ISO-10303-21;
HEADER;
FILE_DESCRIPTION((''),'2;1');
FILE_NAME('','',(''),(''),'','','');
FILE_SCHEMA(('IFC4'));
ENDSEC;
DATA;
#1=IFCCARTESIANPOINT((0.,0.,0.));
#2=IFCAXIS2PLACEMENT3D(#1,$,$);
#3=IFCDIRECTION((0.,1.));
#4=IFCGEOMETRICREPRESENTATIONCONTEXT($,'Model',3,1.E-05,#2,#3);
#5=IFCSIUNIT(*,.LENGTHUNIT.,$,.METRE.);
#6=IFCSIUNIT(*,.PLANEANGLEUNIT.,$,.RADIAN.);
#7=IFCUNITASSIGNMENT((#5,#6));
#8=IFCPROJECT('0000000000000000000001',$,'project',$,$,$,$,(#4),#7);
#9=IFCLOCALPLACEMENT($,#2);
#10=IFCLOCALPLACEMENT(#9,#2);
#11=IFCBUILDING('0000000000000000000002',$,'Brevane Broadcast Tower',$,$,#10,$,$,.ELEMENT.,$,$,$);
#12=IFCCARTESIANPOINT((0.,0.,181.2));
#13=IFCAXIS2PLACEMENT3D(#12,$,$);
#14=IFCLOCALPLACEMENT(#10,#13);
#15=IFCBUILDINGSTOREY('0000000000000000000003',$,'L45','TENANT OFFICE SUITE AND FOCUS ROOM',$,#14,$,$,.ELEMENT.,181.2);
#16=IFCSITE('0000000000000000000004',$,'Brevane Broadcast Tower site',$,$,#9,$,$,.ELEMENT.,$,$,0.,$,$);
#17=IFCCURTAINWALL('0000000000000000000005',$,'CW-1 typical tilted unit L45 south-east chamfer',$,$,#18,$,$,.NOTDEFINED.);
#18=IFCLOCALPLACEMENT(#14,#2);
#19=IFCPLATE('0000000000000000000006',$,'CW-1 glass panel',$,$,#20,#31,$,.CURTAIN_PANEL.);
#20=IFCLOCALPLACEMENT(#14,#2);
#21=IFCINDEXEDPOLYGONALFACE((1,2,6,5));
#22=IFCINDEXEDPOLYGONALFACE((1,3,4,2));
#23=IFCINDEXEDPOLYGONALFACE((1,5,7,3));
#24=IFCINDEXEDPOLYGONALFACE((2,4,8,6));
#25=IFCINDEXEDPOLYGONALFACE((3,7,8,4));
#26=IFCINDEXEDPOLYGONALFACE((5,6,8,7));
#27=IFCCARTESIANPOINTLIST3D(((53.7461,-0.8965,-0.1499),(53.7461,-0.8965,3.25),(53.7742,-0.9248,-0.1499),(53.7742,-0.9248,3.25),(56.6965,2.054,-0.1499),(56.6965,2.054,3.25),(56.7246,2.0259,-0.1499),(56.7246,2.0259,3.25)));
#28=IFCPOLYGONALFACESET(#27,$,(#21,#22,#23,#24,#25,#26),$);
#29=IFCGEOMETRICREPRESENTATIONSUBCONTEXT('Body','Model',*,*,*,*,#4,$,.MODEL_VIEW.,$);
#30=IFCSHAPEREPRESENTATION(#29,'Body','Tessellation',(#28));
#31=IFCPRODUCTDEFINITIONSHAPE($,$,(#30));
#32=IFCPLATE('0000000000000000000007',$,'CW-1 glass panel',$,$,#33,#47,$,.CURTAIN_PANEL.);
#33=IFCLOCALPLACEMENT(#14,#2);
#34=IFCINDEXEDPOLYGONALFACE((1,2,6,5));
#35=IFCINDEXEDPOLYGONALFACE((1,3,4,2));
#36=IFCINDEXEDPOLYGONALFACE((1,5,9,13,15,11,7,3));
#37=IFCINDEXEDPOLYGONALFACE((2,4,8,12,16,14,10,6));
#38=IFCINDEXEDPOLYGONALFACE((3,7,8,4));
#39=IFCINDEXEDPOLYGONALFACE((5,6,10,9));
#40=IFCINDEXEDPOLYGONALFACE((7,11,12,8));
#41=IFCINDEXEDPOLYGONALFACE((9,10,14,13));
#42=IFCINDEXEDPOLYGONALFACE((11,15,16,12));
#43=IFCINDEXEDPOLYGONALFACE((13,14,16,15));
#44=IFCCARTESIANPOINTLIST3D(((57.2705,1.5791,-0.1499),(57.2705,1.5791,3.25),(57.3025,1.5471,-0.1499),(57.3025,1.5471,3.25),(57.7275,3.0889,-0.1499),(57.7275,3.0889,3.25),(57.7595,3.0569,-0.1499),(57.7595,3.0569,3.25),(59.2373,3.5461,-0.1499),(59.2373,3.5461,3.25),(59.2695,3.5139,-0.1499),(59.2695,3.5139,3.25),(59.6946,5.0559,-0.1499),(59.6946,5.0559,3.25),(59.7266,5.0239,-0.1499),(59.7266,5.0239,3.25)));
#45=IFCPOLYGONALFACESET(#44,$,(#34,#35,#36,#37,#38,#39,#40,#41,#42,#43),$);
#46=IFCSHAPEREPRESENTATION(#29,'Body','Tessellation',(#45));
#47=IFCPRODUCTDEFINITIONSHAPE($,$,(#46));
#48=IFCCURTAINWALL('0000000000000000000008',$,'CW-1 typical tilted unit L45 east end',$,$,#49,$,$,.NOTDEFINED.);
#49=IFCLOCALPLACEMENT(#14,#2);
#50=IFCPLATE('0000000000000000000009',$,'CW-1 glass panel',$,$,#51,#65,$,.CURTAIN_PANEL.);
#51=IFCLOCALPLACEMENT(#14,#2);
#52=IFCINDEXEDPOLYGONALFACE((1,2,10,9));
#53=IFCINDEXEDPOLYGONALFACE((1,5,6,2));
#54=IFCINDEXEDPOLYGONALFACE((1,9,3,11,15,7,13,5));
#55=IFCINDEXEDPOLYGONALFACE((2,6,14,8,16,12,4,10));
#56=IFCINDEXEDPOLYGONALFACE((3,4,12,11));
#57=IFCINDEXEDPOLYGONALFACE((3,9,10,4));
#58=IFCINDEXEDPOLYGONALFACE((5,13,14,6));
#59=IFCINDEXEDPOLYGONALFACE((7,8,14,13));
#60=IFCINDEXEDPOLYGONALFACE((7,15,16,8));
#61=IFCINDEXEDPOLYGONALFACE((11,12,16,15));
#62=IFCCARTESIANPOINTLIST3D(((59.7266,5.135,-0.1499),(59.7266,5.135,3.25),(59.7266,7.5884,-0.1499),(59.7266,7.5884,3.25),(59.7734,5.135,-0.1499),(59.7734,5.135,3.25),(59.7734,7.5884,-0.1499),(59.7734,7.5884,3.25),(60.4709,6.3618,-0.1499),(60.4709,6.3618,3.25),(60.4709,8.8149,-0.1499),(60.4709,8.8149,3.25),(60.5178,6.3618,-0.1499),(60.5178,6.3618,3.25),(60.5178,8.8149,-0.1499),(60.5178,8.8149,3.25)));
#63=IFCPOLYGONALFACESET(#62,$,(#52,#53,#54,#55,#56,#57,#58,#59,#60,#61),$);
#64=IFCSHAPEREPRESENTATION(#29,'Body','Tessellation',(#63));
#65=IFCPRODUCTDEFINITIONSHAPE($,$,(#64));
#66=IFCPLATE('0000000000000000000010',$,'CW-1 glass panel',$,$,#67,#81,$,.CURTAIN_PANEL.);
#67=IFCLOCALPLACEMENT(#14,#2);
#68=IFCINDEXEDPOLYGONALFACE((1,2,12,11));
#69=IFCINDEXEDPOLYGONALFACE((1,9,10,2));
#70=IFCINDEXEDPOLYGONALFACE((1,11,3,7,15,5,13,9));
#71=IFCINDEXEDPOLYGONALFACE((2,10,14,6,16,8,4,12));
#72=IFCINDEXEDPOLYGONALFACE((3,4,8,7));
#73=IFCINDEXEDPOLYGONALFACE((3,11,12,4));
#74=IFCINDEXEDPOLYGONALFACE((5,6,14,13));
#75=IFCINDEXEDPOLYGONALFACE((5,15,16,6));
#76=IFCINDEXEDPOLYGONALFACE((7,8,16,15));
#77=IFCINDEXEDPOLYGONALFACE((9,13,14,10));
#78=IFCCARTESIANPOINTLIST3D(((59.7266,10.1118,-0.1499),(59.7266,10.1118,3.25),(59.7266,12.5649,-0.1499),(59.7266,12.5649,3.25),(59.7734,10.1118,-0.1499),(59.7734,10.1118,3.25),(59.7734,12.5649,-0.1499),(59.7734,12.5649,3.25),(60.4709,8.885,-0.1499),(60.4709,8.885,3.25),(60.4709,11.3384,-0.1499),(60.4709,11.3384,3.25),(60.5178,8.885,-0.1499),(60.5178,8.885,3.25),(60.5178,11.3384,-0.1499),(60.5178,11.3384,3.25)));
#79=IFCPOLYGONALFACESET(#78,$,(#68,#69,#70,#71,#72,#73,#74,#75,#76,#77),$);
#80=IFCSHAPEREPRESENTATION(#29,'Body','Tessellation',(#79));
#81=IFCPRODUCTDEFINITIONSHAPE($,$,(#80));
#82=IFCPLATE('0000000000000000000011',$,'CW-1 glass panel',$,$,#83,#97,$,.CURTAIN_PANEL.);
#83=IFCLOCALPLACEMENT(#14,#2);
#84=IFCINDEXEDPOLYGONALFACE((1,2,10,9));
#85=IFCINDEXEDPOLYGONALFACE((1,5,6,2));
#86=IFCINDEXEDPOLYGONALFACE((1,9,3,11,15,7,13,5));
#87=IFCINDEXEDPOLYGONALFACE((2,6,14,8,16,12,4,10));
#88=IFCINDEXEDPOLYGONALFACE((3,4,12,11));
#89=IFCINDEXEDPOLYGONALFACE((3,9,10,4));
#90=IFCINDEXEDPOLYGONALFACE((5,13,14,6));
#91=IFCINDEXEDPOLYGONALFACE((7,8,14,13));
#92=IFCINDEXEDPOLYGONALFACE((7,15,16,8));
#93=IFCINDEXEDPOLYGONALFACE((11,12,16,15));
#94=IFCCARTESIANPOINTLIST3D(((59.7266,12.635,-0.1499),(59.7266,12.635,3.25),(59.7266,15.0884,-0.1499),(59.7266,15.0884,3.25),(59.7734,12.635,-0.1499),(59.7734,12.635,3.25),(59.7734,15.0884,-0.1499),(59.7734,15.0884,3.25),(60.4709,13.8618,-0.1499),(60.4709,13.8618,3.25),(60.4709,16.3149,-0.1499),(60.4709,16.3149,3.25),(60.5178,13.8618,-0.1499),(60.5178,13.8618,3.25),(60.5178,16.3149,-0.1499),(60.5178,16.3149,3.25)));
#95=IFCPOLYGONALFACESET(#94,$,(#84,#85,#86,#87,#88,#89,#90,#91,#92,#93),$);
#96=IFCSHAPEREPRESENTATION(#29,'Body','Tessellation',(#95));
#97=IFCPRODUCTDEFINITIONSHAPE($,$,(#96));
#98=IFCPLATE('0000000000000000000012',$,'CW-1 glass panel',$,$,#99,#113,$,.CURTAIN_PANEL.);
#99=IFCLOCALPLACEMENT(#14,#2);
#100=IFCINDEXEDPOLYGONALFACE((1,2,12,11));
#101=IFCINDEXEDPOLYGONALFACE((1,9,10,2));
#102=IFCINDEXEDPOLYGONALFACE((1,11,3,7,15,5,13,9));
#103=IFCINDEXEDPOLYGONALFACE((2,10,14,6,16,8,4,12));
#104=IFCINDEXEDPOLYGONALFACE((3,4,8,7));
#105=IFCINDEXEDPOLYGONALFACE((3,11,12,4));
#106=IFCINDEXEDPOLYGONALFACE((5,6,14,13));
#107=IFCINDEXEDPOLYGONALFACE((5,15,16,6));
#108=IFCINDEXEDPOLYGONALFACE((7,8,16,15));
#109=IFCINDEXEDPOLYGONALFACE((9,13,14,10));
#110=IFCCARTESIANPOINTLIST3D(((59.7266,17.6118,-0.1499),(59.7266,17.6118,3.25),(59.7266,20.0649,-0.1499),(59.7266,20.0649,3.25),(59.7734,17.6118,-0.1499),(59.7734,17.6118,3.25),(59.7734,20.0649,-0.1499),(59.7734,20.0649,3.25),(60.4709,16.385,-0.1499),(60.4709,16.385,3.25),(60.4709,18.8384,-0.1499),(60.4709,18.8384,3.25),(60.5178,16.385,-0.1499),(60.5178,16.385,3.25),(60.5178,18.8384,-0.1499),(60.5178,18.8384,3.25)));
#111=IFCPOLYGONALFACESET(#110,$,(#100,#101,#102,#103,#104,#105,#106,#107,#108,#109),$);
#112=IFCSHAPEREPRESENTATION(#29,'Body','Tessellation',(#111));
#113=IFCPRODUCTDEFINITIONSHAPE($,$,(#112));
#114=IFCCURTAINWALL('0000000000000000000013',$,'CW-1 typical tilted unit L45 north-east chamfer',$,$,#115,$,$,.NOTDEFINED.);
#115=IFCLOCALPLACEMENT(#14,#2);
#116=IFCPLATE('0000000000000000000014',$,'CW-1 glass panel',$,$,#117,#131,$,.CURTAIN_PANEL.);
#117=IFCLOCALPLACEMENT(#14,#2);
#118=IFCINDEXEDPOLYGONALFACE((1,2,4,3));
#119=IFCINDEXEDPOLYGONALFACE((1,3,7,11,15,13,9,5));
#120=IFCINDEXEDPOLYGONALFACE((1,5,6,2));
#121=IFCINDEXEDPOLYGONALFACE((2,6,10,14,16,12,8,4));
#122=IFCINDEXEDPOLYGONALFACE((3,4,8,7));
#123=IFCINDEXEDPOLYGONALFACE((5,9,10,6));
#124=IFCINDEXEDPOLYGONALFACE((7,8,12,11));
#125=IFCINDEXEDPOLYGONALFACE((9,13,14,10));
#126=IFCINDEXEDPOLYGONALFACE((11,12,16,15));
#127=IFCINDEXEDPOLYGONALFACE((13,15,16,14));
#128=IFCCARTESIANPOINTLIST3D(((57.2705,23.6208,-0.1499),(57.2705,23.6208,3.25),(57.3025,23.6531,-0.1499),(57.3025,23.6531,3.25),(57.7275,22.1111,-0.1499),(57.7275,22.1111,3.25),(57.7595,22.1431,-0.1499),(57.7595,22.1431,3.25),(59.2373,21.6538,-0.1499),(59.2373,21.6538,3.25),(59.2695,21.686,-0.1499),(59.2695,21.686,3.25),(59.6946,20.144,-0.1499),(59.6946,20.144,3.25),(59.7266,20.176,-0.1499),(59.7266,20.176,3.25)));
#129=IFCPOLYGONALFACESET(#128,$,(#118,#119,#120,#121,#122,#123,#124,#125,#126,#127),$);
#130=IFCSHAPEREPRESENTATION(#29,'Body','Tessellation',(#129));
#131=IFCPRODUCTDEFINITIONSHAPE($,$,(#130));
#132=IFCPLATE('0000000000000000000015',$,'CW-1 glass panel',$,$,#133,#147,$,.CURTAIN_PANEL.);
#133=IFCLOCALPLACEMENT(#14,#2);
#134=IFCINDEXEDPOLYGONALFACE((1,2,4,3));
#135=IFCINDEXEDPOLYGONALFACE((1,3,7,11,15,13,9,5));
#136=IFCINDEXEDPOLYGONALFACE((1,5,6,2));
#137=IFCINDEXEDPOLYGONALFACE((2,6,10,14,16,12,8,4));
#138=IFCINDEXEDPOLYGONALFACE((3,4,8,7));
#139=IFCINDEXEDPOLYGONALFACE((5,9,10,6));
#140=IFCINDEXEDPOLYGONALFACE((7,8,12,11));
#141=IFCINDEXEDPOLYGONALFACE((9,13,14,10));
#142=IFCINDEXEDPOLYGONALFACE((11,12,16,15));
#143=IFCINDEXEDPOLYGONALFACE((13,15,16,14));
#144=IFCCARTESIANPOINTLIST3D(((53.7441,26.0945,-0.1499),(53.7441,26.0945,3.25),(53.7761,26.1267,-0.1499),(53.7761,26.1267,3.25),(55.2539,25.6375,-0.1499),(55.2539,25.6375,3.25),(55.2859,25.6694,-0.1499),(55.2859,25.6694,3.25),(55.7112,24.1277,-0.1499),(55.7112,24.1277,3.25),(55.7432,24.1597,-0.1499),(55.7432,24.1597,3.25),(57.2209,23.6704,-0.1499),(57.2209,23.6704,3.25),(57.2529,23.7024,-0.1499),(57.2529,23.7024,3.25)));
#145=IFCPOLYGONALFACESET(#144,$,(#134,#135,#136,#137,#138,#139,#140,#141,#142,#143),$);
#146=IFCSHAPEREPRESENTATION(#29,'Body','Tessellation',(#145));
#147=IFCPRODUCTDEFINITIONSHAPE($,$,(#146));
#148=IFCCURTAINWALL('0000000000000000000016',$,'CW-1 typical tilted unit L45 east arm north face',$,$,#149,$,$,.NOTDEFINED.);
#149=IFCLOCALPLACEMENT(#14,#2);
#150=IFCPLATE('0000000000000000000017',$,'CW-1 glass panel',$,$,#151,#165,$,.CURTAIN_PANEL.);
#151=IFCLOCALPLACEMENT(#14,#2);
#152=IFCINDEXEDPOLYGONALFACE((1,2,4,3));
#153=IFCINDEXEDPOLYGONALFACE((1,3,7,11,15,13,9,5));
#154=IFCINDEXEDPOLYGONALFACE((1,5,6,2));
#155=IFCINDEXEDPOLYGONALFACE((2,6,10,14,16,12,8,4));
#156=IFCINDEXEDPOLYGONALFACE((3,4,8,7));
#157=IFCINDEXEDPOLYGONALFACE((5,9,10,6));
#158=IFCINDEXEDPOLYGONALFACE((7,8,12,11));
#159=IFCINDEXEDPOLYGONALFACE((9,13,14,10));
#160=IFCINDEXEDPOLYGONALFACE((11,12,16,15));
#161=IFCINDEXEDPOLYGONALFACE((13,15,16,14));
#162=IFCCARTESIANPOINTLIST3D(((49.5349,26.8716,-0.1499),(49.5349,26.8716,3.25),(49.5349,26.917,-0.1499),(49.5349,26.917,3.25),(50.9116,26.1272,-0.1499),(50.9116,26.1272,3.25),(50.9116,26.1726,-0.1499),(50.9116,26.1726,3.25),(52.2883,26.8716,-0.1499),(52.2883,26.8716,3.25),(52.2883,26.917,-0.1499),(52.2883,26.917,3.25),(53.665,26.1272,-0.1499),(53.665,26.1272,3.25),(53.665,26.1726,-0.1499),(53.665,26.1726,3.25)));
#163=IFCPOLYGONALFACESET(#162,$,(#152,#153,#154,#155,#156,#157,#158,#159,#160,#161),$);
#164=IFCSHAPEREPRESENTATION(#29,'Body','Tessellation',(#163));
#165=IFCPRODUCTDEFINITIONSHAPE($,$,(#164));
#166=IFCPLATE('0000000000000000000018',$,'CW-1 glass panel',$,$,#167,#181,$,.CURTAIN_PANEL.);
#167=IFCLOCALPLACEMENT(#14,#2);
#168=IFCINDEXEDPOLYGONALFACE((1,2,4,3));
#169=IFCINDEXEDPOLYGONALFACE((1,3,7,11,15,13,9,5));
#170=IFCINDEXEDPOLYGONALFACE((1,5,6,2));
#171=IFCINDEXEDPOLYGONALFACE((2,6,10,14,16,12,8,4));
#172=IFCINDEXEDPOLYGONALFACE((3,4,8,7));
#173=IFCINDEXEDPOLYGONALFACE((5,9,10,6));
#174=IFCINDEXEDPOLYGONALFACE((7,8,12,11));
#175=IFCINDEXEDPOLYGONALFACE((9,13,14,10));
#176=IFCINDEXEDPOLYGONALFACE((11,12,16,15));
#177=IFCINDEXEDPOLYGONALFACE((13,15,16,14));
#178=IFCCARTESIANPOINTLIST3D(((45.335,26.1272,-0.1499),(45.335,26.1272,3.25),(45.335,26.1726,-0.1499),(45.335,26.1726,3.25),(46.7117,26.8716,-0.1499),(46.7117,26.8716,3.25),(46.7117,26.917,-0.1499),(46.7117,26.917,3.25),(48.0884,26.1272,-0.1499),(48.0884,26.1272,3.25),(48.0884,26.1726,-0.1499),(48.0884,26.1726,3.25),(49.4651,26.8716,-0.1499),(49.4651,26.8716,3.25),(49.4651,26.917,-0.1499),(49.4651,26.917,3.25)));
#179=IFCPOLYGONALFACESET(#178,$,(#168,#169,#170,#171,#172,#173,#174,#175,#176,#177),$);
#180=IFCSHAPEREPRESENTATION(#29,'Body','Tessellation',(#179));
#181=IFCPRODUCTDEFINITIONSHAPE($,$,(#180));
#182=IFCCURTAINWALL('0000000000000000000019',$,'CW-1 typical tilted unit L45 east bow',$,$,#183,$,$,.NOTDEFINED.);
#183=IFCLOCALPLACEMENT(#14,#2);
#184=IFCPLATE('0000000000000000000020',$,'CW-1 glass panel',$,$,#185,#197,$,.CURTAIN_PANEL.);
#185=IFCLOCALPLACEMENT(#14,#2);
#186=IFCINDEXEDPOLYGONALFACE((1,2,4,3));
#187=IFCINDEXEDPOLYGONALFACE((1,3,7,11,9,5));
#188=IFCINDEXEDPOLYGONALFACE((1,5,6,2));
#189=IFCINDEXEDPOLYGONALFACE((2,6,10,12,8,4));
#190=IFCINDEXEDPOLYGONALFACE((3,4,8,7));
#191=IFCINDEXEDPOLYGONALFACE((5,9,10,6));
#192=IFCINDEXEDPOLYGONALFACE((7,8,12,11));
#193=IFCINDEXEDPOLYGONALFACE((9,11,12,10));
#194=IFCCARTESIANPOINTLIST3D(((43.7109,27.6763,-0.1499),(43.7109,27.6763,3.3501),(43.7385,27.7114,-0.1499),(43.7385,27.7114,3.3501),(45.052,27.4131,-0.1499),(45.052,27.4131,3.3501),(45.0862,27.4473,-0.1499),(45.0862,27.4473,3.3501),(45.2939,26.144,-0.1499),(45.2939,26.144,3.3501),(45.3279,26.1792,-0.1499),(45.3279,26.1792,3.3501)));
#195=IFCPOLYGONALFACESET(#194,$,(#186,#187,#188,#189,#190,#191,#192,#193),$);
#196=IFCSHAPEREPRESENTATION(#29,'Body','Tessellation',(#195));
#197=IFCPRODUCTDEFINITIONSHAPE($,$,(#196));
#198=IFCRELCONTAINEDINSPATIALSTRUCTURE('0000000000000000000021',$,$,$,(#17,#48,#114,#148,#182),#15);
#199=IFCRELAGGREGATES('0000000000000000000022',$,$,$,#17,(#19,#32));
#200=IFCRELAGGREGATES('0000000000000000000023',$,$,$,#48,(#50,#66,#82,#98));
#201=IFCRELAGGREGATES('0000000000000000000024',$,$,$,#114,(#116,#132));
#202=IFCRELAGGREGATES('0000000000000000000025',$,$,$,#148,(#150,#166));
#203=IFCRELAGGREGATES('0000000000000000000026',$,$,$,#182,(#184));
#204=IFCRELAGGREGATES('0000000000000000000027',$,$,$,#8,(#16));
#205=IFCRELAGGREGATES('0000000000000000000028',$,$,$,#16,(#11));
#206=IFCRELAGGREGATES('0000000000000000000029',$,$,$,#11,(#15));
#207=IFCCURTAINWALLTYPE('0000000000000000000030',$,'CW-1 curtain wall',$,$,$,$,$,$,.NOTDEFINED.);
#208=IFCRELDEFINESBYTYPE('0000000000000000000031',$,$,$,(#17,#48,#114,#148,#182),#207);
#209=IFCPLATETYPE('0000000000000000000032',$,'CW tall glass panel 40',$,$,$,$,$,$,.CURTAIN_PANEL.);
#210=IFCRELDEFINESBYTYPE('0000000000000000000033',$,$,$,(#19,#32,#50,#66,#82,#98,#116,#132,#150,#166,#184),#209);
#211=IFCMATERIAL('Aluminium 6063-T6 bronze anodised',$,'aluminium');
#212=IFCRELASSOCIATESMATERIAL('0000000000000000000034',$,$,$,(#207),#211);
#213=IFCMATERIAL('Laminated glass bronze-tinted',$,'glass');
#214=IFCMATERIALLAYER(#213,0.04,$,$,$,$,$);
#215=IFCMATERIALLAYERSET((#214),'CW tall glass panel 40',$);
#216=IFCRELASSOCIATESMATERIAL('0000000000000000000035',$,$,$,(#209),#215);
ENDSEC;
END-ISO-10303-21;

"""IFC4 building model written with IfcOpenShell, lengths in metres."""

from ifc_helpers import new_model, si_unit, direction, frame, origin, place, context, subcontext, project, spatial, polyline, outline, extrude, material, layer, layer_set, type_object, element, aggregate, save


model = new_model("IFC4")

# Units and contexts
model_context = context("Model", 3, precision=1e-05, world=origin(), true_north=direction((0.0, 1.0)))
body_context = subcontext(model_context, "Body", "Model", "MODEL_VIEW")
ifc_project = project(units=[si_unit("LENGTHUNIT", "METRE"), si_unit("PLANEANGLEUNIT", "RADIAN")], contexts=[model_context])

# Site, building, storey
site_placement = place(None, origin())
site = spatial("IfcSite", under=ifc_project, at=site_placement, Name="Brevane Broadcast Tower site", CompositionType="ELEMENT", RefElevation=0.0)
building_placement = place(site_placement, origin())
building = spatial("IfcBuilding", under=site, at=building_placement, Name="Brevane Broadcast Tower", CompositionType="ELEMENT")
storey_placement = place(building_placement, frame((0.0, 0.0, 181.2)))
storey = spatial("IfcBuildingStorey", under=building, at=storey_placement, Name="L45", Description="TENANT OFFICE SUITE AND FOCUS ROOM", CompositionType="ELEMENT", Elevation=181.2)

# Curtain walls, plates
ifc_material_1 = material(Name="Aluminium 6063-T6 bronze anodised", Category="aluminium")
curtain_wall_type = type_object("IfcCurtainWallType", Name="CW-1 curtain wall", PredefinedType="NOTDEFINED", material=ifc_material_1)
ifc_material_2 = material(Name="Laminated glass bronze-tinted", Category="glass")
ifc_layer = layer(ifc_material_2, 0.04)
ifc_layer_set = layer_set([ifc_layer], Name="CW tall glass panel 40")
plate_type = type_object("IfcPlateType", Name="CW tall glass panel 40", PredefinedType="CURTAIN_PANEL", material=ifc_layer_set)
curtain_wall_1_placement = place(storey_placement, origin())
curtain_wall_1 = element("IfcCurtainWall", 1, at=curtain_wall_1_placement, inside=storey, type_object=curtain_wall_type, Name="CW-1 typical tilted unit L45 south-east chamfer", PredefinedType="NOTDEFINED")
plate_1_placement = place(storey_placement, frame((0.0, 0.0, -0.1499)))
plate_1 = element("IfcPlate", 2, at=plate_1_placement, type_object=plate_type, Name="CW-1 glass panel", PredefinedType="CURTAIN_PANEL", context=body_context, shape_type="SweptSolid", body=[
    extrude(outline(polyline([(53.7461, -0.8965), (56.6965, 2.054), (56.7246, 2.0259), (53.7742, -0.9248), (53.7461, -0.8965)])), origin(), (0.0, 0.0, 1.0), 3.3999),
])
plate_2_placement = place(storey_placement, frame((0.0, 0.0, -0.1499)))
plate_2 = element("IfcPlate", 3, at=plate_2_placement, type_object=plate_type, Name="CW-1 glass panel", PredefinedType="CURTAIN_PANEL", context=body_context, shape_type="SweptSolid", body=[
    extrude(outline(polyline([(57.2705, 1.5791), (57.3025, 1.5471), (57.7595, 3.0569), (59.2695, 3.5139), (59.7266, 5.0239), (59.6946, 5.0559), (59.2373, 3.5461), (57.7275, 3.0889), (57.2705, 1.5791)])), origin(), (0.0, 0.0, 1.0), 3.3999),
])
aggregate(curtain_wall_1, [plate_1, plate_2])
curtain_wall_2_placement = place(storey_placement, origin())
curtain_wall_2 = element("IfcCurtainWall", 4, at=curtain_wall_2_placement, inside=storey, type_object=curtain_wall_type, Name="CW-1 typical tilted unit L45 east end", PredefinedType="NOTDEFINED")
plate_3_placement = place(storey_placement, frame((0.0, 0.0, -0.1499)))
plate_3 = element("IfcPlate", 5, at=plate_3_placement, type_object=plate_type, Name="CW-1 glass panel", PredefinedType="CURTAIN_PANEL", context=body_context, shape_type="SweptSolid", body=[
    extrude(outline(polyline([(59.7266, 5.135), (59.7734, 5.135), (60.5178, 6.3618), (59.7734, 7.5884), (60.5178, 8.8149), (60.4709, 8.8149), (59.7266, 7.5884), (60.4709, 6.3618), (59.7266, 5.135)])), origin(), (0.0, 0.0, 1.0), 3.3999),
])
plate_4_placement = place(storey_placement, frame((0.0, 0.0, -0.1499)))
plate_4 = element("IfcPlate", 6, at=plate_4_placement, type_object=plate_type, Name="CW-1 glass panel", PredefinedType="CURTAIN_PANEL", context=body_context, shape_type="SweptSolid", body=[
    extrude(outline(polyline([(60.4709, 8.885), (60.5178, 8.885), (59.7734, 10.1118), (60.5178, 11.3384), (59.7734, 12.5649), (59.7266, 12.5649), (60.4709, 11.3384), (59.7266, 10.1118), (60.4709, 8.885)])), origin(), (0.0, 0.0, 1.0), 3.3999),
])
plate_5_placement = place(storey_placement, frame((0.0, 0.0, -0.1499)))
plate_5 = element("IfcPlate", 7, at=plate_5_placement, type_object=plate_type, Name="CW-1 glass panel", PredefinedType="CURTAIN_PANEL", context=body_context, shape_type="SweptSolid", body=[
    extrude(outline(polyline([(59.7266, 12.635), (59.7734, 12.635), (60.5178, 13.8618), (59.7734, 15.0884), (60.5178, 16.3149), (60.4709, 16.3149), (59.7266, 15.0884), (60.4709, 13.8618), (59.7266, 12.635)])), origin(), (0.0, 0.0, 1.0), 3.3999),
])
plate_6_placement = place(storey_placement, frame((0.0, 0.0, -0.1499)))
plate_6 = element("IfcPlate", 8, at=plate_6_placement, type_object=plate_type, Name="CW-1 glass panel", PredefinedType="CURTAIN_PANEL", context=body_context, shape_type="SweptSolid", body=[
    extrude(outline(polyline([(60.4709, 16.385), (60.5178, 16.385), (59.7734, 17.6118), (60.5178, 18.8384), (59.7734, 20.0649), (59.7266, 20.0649), (60.4709, 18.8384), (59.7266, 17.6118), (60.4709, 16.385)])), origin(), (0.0, 0.0, 1.0), 3.3999),
])
aggregate(curtain_wall_2, [plate_3, plate_4, plate_5, plate_6])
curtain_wall_3_placement = place(storey_placement, origin())
curtain_wall_3 = element("IfcCurtainWall", 9, at=curtain_wall_3_placement, inside=storey, type_object=curtain_wall_type, Name="CW-1 typical tilted unit L45 north-east chamfer", PredefinedType="NOTDEFINED")
plate_7_placement = place(storey_placement, frame((0.0, 0.0, -0.1499)))
plate_7 = element("IfcPlate", 10, at=plate_7_placement, type_object=plate_type, Name="CW-1 glass panel", PredefinedType="CURTAIN_PANEL", context=body_context, shape_type="SweptSolid", body=[
    extrude(outline(polyline([(59.6946, 20.144), (59.7266, 20.176), (59.2695, 21.686), (57.7595, 22.1431), (57.3025, 23.6531), (57.2705, 23.6208), (57.7275, 22.1111), (59.2373, 21.6538), (59.6946, 20.144)])), origin(), (0.0, 0.0, 1.0), 3.3999),
])
plate_8_placement = place(storey_placement, frame((0.0, 0.0, -0.1499)))
plate_8 = element("IfcPlate", 11, at=plate_8_placement, type_object=plate_type, Name="CW-1 glass panel", PredefinedType="CURTAIN_PANEL", context=body_context, shape_type="SweptSolid", body=[
    extrude(outline(polyline([(57.2209, 23.6704), (57.2529, 23.7024), (55.7432, 24.1597), (55.2859, 25.6694), (53.7761, 26.1267), (53.7441, 26.0945), (55.2539, 25.6375), (55.7112, 24.1277), (57.2209, 23.6704)])), origin(), (0.0, 0.0, 1.0), 3.3999),
])
aggregate(curtain_wall_3, [plate_7, plate_8])
curtain_wall_4_placement = place(storey_placement, origin())
curtain_wall_4 = element("IfcCurtainWall", 12, at=curtain_wall_4_placement, inside=storey, type_object=curtain_wall_type, Name="CW-1 typical tilted unit L45 east arm north face", PredefinedType="NOTDEFINED")
plate_9_placement = place(storey_placement, frame((0.0, 0.0, -0.1499)))
plate_9 = element("IfcPlate", 13, at=plate_9_placement, type_object=plate_type, Name="CW-1 glass panel", PredefinedType="CURTAIN_PANEL", context=body_context, shape_type="SweptSolid", body=[
    extrude(outline(polyline([(53.665, 26.1272), (53.665, 26.1726), (52.2883, 26.917), (50.9116, 26.1726), (49.5349, 26.917), (49.5349, 26.8716), (50.9116, 26.1272), (52.2883, 26.8716), (53.665, 26.1272)])), origin(), (0.0, 0.0, 1.0), 3.3999),
])
plate_10_placement = place(storey_placement, frame((0.0, 0.0, -0.1499)))
plate_10 = element("IfcPlate", 14, at=plate_10_placement, type_object=plate_type, Name="CW-1 glass panel", PredefinedType="CURTAIN_PANEL", context=body_context, shape_type="SweptSolid", body=[
    extrude(outline(polyline([(49.4651, 26.8716), (49.4651, 26.917), (48.0884, 26.1726), (46.7117, 26.917), (45.335, 26.1726), (45.335, 26.1272), (46.7117, 26.8716), (48.0884, 26.1272), (49.4651, 26.8716)])), origin(), (0.0, 0.0, 1.0), 3.3999),
])
aggregate(curtain_wall_4, [plate_9, plate_10])
curtain_wall_5_placement = place(storey_placement, origin())
curtain_wall_5 = element("IfcCurtainWall", 15, at=curtain_wall_5_placement, inside=storey, type_object=curtain_wall_type, Name="CW-1 typical tilted unit L45 east bow", PredefinedType="NOTDEFINED")
plate_11_placement = place(storey_placement, frame((0.0, 0.0, -0.1499)))
plate_11 = element("IfcPlate", 16, at=plate_11_placement, type_object=plate_type, Name="CW-1 glass panel", PredefinedType="CURTAIN_PANEL", context=body_context, shape_type="SweptSolid", body=[
    extrude(outline(polyline([(45.2939, 26.144), (45.3279, 26.1792), (45.0862, 27.4473), (43.7385, 27.7114), (43.7109, 27.6763), (45.052, 27.4131), (45.2939, 26.144)])), origin(), (0.0, 0.0, 1.0), 3.5),
])
aggregate(curtain_wall_5, [plate_11])

save(model, "model.ifc")
